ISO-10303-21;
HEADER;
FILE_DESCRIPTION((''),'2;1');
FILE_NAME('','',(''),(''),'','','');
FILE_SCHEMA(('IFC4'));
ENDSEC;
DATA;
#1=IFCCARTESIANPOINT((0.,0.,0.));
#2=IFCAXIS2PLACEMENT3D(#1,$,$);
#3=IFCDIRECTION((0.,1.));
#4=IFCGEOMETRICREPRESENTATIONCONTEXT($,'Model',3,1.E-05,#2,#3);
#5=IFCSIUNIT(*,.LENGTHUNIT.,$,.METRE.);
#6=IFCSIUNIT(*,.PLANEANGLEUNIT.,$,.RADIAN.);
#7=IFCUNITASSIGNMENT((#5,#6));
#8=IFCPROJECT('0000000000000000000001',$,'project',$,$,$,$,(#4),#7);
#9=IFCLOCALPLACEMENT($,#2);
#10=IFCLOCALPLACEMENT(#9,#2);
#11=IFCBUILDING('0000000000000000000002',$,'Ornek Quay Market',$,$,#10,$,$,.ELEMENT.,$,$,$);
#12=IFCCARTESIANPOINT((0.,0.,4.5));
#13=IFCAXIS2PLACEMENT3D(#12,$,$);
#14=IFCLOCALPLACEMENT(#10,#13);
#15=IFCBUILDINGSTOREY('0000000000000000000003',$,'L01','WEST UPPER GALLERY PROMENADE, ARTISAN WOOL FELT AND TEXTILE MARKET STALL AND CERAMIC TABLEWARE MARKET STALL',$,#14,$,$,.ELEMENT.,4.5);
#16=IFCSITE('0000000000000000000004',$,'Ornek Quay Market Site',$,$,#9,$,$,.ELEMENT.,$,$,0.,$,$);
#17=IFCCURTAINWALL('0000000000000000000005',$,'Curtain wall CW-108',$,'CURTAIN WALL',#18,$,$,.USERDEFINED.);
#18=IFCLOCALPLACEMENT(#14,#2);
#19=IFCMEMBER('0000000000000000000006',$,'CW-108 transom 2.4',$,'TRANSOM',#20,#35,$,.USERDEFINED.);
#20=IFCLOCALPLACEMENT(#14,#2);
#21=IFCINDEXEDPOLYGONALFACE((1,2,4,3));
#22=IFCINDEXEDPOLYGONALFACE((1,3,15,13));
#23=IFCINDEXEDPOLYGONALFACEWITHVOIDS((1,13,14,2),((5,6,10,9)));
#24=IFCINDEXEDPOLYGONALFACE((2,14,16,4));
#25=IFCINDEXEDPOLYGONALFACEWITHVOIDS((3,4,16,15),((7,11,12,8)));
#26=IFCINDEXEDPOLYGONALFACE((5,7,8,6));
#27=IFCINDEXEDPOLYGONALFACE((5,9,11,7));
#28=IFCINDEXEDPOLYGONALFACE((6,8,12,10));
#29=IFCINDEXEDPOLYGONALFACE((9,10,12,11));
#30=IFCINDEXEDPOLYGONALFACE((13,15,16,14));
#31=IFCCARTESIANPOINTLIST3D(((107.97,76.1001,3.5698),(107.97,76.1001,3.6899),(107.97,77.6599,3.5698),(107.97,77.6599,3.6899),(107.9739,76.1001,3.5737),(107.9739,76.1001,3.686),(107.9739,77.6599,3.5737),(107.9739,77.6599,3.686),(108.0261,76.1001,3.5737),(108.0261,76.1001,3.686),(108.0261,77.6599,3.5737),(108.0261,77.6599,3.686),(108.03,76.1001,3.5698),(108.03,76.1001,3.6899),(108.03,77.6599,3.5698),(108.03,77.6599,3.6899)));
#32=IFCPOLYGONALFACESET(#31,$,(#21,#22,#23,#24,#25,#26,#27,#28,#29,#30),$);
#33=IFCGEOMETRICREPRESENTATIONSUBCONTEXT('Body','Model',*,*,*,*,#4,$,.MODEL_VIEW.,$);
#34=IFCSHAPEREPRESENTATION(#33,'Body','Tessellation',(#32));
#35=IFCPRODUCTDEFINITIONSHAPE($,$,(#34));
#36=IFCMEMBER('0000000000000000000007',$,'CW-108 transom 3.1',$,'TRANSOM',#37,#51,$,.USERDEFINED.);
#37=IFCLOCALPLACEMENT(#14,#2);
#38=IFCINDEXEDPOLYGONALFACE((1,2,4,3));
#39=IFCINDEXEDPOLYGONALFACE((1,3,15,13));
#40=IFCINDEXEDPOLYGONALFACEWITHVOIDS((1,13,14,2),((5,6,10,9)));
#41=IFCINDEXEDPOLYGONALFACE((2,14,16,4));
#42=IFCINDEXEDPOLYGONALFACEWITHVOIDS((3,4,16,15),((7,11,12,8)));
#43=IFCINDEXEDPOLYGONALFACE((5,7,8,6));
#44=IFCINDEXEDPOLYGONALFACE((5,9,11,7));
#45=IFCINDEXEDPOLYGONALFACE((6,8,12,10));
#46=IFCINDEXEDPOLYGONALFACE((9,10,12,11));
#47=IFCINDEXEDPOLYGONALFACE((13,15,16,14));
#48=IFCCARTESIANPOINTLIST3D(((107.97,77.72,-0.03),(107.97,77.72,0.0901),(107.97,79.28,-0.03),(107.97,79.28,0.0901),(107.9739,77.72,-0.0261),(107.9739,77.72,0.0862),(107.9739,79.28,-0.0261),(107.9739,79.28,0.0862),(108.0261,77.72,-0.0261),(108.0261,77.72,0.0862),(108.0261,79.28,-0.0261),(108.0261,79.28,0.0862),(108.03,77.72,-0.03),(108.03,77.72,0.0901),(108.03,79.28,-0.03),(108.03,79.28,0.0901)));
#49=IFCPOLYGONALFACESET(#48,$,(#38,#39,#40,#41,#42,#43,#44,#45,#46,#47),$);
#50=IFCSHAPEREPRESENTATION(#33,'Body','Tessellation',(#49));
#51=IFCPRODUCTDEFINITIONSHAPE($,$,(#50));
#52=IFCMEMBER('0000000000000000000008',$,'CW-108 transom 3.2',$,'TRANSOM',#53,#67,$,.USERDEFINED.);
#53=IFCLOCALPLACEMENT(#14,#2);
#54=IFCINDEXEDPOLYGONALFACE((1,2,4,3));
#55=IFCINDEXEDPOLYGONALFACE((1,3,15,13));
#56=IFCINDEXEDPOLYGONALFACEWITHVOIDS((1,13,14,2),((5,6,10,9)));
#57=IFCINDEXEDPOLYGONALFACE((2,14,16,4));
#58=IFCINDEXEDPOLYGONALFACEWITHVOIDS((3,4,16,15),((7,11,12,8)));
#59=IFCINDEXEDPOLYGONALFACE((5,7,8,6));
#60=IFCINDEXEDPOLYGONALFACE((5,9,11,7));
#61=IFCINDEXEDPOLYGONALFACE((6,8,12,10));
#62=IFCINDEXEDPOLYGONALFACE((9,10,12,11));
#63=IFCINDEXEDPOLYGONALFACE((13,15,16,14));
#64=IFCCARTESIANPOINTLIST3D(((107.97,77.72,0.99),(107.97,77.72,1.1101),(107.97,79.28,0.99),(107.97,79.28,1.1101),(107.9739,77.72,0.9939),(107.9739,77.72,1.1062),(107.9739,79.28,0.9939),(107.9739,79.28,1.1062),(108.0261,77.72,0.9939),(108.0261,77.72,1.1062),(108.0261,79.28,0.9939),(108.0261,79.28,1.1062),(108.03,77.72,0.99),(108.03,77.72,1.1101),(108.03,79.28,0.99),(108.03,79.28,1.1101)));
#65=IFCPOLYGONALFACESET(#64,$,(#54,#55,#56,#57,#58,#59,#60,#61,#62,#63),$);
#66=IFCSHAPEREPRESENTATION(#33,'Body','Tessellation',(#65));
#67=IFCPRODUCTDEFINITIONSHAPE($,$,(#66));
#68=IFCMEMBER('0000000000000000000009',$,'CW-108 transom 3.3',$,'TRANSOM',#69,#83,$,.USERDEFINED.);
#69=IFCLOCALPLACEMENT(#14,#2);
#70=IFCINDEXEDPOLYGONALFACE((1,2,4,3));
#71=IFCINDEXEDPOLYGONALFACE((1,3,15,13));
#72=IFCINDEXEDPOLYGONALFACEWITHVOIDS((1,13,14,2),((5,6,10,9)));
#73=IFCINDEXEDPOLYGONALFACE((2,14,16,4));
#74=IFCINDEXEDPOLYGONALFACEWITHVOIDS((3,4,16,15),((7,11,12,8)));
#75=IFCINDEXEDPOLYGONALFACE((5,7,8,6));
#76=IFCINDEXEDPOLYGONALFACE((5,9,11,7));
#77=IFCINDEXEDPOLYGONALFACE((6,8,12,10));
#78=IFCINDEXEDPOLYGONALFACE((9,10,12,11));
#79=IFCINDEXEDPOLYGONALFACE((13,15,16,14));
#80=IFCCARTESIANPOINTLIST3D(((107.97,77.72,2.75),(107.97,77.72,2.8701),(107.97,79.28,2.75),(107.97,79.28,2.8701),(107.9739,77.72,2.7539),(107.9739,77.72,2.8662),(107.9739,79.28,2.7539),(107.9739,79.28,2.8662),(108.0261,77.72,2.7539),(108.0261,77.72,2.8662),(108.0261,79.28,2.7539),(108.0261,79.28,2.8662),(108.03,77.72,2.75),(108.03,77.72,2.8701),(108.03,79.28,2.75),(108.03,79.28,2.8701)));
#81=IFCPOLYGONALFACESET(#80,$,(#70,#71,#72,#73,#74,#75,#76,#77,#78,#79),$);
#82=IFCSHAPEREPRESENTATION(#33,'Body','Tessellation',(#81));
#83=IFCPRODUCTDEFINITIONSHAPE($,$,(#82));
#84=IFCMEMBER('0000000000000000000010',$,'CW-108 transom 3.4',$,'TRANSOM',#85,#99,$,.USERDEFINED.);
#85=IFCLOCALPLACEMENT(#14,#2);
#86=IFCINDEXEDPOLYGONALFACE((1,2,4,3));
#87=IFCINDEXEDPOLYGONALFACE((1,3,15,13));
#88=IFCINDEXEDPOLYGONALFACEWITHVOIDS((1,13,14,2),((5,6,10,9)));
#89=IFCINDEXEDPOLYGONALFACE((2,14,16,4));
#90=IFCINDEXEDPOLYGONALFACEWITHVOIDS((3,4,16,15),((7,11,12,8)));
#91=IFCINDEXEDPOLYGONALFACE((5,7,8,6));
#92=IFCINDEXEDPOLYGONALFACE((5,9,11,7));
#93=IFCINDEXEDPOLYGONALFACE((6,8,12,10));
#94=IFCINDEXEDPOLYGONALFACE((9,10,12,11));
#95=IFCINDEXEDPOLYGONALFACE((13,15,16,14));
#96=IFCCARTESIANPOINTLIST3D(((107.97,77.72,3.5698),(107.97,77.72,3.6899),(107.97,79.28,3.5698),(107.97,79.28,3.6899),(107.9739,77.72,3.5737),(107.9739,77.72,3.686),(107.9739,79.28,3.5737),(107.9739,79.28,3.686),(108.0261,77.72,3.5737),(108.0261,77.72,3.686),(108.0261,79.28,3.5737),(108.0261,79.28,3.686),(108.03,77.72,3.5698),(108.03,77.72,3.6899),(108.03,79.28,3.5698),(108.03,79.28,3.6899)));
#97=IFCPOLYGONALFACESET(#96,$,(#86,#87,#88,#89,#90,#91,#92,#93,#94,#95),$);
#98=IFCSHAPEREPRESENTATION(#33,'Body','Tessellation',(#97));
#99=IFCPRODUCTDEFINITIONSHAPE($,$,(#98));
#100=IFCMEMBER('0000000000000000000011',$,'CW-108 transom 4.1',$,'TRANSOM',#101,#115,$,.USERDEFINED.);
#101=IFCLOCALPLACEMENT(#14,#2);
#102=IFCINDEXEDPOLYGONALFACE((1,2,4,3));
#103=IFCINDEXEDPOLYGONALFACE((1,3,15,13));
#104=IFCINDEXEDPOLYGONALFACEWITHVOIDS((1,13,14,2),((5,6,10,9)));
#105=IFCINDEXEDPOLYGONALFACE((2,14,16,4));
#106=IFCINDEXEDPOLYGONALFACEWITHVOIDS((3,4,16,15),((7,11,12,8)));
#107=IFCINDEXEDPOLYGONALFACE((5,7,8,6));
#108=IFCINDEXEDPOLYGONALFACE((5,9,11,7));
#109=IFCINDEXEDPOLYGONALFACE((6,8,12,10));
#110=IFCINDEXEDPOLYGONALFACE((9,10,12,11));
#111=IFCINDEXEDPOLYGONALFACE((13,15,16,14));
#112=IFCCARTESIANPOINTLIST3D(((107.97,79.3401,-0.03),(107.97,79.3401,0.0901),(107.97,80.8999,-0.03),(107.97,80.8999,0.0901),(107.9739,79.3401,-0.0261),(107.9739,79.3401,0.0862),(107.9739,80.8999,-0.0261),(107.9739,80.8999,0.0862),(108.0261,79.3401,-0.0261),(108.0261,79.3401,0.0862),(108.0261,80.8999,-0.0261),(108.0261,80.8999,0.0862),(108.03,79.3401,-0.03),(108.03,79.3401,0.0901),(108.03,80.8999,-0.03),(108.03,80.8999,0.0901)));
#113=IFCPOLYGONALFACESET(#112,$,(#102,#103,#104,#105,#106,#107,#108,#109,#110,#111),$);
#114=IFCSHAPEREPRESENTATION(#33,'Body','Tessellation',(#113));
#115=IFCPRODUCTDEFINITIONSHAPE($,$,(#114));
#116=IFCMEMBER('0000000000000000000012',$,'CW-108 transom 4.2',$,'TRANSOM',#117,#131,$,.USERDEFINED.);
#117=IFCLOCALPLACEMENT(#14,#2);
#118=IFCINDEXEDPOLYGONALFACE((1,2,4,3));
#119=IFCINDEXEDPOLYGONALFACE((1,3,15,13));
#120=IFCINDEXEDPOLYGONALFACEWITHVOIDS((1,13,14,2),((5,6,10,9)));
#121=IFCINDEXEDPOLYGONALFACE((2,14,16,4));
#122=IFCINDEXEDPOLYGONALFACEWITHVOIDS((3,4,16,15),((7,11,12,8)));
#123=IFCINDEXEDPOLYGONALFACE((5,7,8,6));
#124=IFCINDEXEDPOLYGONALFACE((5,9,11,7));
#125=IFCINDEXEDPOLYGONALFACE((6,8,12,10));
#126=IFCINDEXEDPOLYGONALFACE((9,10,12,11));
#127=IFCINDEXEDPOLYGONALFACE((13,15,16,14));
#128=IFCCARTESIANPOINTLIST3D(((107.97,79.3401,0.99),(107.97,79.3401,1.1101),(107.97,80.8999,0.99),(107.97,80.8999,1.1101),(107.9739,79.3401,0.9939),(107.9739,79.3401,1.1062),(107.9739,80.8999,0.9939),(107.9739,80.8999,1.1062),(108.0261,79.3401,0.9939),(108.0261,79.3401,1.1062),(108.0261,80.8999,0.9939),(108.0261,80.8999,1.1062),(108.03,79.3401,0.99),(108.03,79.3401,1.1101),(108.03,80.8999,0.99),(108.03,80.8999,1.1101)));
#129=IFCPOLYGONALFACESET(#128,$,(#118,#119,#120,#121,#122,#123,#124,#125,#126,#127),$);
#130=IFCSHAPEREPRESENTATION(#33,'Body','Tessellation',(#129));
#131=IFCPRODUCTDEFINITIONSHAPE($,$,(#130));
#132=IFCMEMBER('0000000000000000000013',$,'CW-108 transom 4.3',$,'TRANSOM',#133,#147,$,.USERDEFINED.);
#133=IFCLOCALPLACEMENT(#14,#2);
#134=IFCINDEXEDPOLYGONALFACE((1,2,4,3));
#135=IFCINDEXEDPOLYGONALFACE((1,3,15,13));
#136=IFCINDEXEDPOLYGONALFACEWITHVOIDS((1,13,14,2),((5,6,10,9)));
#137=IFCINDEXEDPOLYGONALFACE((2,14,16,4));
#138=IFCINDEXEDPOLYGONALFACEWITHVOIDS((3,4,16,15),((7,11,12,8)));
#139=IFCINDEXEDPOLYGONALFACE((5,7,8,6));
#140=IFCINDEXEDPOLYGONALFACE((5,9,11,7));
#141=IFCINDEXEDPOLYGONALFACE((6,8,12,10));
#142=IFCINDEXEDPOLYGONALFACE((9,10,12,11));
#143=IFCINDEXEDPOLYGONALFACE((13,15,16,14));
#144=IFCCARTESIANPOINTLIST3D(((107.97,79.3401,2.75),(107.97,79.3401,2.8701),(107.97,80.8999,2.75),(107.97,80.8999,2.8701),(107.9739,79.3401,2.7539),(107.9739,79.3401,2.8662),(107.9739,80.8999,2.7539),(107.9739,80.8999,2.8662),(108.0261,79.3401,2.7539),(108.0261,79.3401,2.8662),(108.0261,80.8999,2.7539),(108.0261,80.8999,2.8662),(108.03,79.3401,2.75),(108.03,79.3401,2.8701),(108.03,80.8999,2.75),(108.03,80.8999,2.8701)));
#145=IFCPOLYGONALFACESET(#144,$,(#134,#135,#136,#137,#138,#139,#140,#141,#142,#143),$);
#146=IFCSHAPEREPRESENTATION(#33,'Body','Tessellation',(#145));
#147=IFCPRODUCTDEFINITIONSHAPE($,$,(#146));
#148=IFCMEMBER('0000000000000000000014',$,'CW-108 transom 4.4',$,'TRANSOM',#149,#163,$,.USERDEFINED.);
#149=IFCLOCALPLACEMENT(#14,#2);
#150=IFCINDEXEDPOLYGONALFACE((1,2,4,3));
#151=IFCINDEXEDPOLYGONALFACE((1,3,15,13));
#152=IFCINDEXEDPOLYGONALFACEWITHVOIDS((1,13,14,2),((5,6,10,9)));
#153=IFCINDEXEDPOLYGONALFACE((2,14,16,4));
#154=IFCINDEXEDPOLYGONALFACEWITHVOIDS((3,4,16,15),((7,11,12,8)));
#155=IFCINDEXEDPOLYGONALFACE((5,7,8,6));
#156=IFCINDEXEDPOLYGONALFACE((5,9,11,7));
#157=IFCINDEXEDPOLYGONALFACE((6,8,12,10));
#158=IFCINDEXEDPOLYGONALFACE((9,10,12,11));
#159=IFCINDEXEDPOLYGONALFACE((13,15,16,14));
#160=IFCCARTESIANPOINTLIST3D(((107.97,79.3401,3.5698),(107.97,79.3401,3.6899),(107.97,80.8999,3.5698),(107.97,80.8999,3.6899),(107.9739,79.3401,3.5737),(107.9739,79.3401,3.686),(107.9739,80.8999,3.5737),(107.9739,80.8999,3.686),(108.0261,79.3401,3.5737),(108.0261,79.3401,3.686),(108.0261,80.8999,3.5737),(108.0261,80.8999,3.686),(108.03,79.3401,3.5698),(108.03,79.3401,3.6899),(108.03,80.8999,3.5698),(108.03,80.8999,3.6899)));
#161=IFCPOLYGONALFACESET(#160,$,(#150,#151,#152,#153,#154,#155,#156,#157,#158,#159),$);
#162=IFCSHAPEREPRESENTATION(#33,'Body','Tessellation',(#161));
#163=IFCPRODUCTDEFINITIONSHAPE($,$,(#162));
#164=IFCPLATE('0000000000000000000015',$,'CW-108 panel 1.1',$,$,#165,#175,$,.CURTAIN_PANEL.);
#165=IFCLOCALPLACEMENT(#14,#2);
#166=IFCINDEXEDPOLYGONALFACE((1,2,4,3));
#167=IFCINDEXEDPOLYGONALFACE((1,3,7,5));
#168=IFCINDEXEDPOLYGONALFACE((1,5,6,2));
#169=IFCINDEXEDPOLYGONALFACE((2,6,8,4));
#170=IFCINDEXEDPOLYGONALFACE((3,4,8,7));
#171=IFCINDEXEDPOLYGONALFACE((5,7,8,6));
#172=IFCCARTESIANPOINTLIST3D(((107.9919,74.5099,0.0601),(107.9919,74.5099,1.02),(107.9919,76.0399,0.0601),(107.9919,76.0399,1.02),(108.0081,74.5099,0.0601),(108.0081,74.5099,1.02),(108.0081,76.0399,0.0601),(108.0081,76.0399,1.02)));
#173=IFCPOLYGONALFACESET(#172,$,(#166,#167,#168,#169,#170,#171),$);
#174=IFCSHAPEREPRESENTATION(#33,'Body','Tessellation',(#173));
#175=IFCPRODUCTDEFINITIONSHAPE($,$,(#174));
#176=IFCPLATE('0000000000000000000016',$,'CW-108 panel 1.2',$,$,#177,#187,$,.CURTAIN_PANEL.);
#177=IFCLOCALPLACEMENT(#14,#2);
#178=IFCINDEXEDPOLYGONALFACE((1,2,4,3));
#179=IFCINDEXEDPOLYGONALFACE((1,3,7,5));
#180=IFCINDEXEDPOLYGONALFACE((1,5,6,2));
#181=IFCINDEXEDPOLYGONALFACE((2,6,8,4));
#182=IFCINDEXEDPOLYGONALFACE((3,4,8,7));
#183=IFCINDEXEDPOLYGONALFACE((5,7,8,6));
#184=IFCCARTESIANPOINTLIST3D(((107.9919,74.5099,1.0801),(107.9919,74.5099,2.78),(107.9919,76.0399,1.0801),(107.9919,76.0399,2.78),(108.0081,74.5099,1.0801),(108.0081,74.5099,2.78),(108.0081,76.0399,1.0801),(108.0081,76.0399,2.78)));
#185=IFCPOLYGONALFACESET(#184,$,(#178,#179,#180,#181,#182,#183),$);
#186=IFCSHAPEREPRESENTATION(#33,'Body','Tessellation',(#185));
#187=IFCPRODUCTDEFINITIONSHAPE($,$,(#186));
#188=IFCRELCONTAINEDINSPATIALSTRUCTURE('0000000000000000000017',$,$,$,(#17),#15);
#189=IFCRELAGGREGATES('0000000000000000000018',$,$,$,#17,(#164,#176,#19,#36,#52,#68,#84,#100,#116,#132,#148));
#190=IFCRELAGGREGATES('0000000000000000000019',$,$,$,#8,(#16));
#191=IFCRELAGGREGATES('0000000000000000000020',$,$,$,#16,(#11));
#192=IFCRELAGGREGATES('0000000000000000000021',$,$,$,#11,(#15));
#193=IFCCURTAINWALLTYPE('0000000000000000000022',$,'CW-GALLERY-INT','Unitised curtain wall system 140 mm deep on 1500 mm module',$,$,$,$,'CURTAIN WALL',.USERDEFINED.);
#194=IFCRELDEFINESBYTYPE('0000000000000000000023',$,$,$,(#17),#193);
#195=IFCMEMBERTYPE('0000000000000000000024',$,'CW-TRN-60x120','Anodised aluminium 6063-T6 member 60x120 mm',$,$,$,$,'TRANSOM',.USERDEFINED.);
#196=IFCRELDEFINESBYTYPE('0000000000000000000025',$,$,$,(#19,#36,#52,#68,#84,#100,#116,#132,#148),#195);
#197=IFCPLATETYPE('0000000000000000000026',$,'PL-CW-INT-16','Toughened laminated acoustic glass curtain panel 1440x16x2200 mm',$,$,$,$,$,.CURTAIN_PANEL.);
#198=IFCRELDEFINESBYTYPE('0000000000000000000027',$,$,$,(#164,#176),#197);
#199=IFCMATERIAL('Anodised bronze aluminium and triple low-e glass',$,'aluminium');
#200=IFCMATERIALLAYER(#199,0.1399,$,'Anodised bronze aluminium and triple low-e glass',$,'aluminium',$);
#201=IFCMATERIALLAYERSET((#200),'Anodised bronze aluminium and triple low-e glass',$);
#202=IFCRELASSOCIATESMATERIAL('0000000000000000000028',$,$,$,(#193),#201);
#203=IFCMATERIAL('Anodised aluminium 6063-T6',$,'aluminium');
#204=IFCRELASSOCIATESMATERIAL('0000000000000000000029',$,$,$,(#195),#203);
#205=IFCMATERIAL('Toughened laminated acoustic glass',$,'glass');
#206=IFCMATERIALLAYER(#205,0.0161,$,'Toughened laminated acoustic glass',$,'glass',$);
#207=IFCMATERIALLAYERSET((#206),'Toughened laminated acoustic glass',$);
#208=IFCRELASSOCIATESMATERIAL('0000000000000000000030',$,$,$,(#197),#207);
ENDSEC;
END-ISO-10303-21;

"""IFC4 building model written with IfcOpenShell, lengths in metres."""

from ifc_helpers import new_model, si_unit, direction, frame, origin, origin_2d, place, context, subcontext, project, spatial, rectangle, hollow_rectangle, extrude, material, layer, layer_set, material_profile, profile_set, type_object, element, aggregate, save


model = new_model("IFC4")

# Units and contexts
model_context = context("Model", 3, precision=1e-05, world=origin(), true_north=direction((0.0, 1.0)))
body_context = subcontext(model_context, "Body", "Model", "MODEL_VIEW")
ifc_project = project(units=[si_unit("LENGTHUNIT", "METRE"), si_unit("PLANEANGLEUNIT", "RADIAN")], contexts=[model_context])

# Site, building, storey
site_placement = place(None, origin())
site = spatial("IfcSite", under=ifc_project, at=site_placement, Name="Ornek Quay Market Site", CompositionType="ELEMENT", RefElevation=0.0)
building_placement = place(site_placement, origin())
building = spatial("IfcBuilding", under=site, at=building_placement, Name="Ornek Quay Market", CompositionType="ELEMENT")
storey_placement = place(building_placement, frame((0.0, 0.0, 4.5)))
storey = spatial("IfcBuildingStorey", under=building, at=storey_placement, Name="L01", Description="WEST UPPER GALLERY PROMENADE, ARTISAN WOOL FELT AND TEXTILE MARKET STALL AND CERAMIC TABLEWARE MARKET STALL", CompositionType="ELEMENT", Elevation=4.5)

# Curtain wall, members, plates
ifc_material_1 = material(Name="Anodised bronze aluminium and triple low-e glass", Category="aluminium")
ifc_layer_1 = layer(ifc_material_1, 0.1399, Name="Anodised bronze aluminium and triple low-e glass", Category="aluminium")
ifc_layer_set_1 = layer_set([ifc_layer_1], Name="Anodised bronze aluminium and triple low-e glass")
curtain_wall_type = type_object("IfcCurtainWallType", Name="CW-GALLERY-INT", Description="Unitised curtain wall system 140 mm deep on 1500 mm module", ElementType="CURTAIN WALL", PredefinedType="USERDEFINED", material=ifc_layer_set_1)
curtain_wall_placement = place(storey_placement, origin())
curtain_wall = element("IfcCurtainWall", 1, at=curtain_wall_placement, inside=storey, type_object=curtain_wall_type, Name="Curtain wall CW-108", ObjectType="CURTAIN WALL", PredefinedType="USERDEFINED")
ifc_material_2 = material(Name="Anodised aluminium 6063-T6", Category="aluminium")
ifc_material_profile_1 = material_profile(ifc_material_2, hollow_rectangle(XDim=0.0601, YDim=0.1201, WallThickness=0.0039, at=origin_2d()), Name="CW-TRN-60x120", Category="aluminium")
ifc_profile_set_1 = profile_set([ifc_material_profile_1], Name="Anodised aluminium 6063-T6")
member_type_1 = type_object("IfcMemberType", Name="CW-TRN-60x120", Description="Anodised aluminium 6063-T6 member 60x120 mm", ElementType="TRANSOM", PredefinedType="USERDEFINED", material=ifc_profile_set_1)
member_1_placement = place(storey_placement, frame((108.0, 76.1001, 3.6299), z_axis=(0.0, 1.0, 0.0), x_axis=(-1.0, 0.0, 0.0)))
member_1 = element("IfcMember", 2, at=member_1_placement, type_object=member_type_1, Name="CW-108 transom 2.4", ObjectType="TRANSOM", PredefinedType="USERDEFINED", context=body_context, shape_type="SweptSolid", body=[
    extrude(hollow_rectangle(XDim=0.0601, YDim=0.1201, WallThickness=0.0039, at=origin_2d()), origin(), (0.0, 0.0, 1.0), 1.5598),
])
member_2_placement = place(storey_placement, frame((108.0, 77.72, 0.03), z_axis=(0.0, 1.0, 0.0), x_axis=(-1.0, 0.0, 0.0)))
member_2 = element("IfcMember", 3, at=member_2_placement, type_object=member_type_1, Name="CW-108 transom 3.1", ObjectType="TRANSOM", PredefinedType="USERDEFINED", context=body_context, shape_type="SweptSolid", body=[
    extrude(hollow_rectangle(XDim=0.0601, YDim=0.1201, WallThickness=0.0039, at=origin_2d()), origin(), (0.0, 0.0, 1.0), 1.5601),
])
member_3_placement = place(storey_placement, frame((108.0, 77.72, 1.05), z_axis=(0.0, 1.0, 0.0), x_axis=(-1.0, 0.0, 0.0)))
member_3 = element("IfcMember", 4, at=member_3_placement, type_object=member_type_1, Name="CW-108 transom 3.2", ObjectType="TRANSOM", PredefinedType="USERDEFINED", context=body_context, shape_type="SweptSolid", body=[
    extrude(hollow_rectangle(XDim=0.0601, YDim=0.1201, WallThickness=0.0039, at=origin_2d()), origin(), (0.0, 0.0, 1.0), 1.5601),
])
member_4_placement = place(storey_placement, frame((108.0, 77.72, 2.8101), z_axis=(0.0, 1.0, 0.0), x_axis=(-1.0, 0.0, 0.0)))
member_4 = element("IfcMember", 5, at=member_4_placement, type_object=member_type_1, Name="CW-108 transom 3.3", ObjectType="TRANSOM", PredefinedType="USERDEFINED", context=body_context, shape_type="SweptSolid", body=[
    extrude(hollow_rectangle(XDim=0.0601, YDim=0.1201, WallThickness=0.0039, at=origin_2d()), origin(), (0.0, 0.0, 1.0), 1.5601),
])
member_5_placement = place(storey_placement, frame((108.0, 77.72, 3.6299), z_axis=(0.0, 1.0, 0.0), x_axis=(-1.0, 0.0, 0.0)))
member_5 = element("IfcMember", 6, at=member_5_placement, type_object=member_type_1, Name="CW-108 transom 3.4", ObjectType="TRANSOM", PredefinedType="USERDEFINED", context=body_context, shape_type="SweptSolid", body=[
    extrude(hollow_rectangle(XDim=0.0601, YDim=0.1201, WallThickness=0.0039, at=origin_2d()), origin(), (0.0, 0.0, 1.0), 1.5601),
])
member_6_placement = place(storey_placement, frame((108.0, 79.3401, 0.03), z_axis=(0.0, 1.0, 0.0), x_axis=(-1.0, 0.0, 0.0)))
member_6 = element("IfcMember", 7, at=member_6_placement, type_object=member_type_1, Name="CW-108 transom 4.1", ObjectType="TRANSOM", PredefinedType="USERDEFINED", context=body_context, shape_type="SweptSolid", body=[
    extrude(hollow_rectangle(XDim=0.0601, YDim=0.1201, WallThickness=0.0039, at=origin_2d()), origin(), (0.0, 0.0, 1.0), 1.5598),
])
member_7_placement = place(storey_placement, frame((108.0, 79.3401, 1.05), z_axis=(0.0, 1.0, 0.0), x_axis=(-1.0, 0.0, 0.0)))
member_7 = element("IfcMember", 8, at=member_7_placement, type_object=member_type_1, Name="CW-108 transom 4.2", ObjectType="TRANSOM", PredefinedType="USERDEFINED", context=body_context, shape_type="SweptSolid", body=[
    extrude(hollow_rectangle(XDim=0.0601, YDim=0.1201, WallThickness=0.0039, at=origin_2d()), origin(), (0.0, 0.0, 1.0), 1.5598),
])
member_8_placement = place(storey_placement, frame((108.0, 79.3401, 2.8101), z_axis=(0.0, 1.0, 0.0), x_axis=(-1.0, 0.0, 0.0)))
member_8 = element("IfcMember", 9, at=member_8_placement, type_object=member_type_1, Name="CW-108 transom 4.3", ObjectType="TRANSOM", PredefinedType="USERDEFINED", context=body_context, shape_type="SweptSolid", body=[
    extrude(hollow_rectangle(XDim=0.0601, YDim=0.1201, WallThickness=0.0039, at=origin_2d()), origin(), (0.0, 0.0, 1.0), 1.5598),
])
member_9_placement = place(storey_placement, frame((108.0, 79.3401, 3.6299), z_axis=(0.0, 1.0, 0.0), x_axis=(-1.0, 0.0, 0.0)))
member_9 = element("IfcMember", 10, at=member_9_placement, type_object=member_type_1, Name="CW-108 transom 4.4", ObjectType="TRANSOM", PredefinedType="USERDEFINED", context=body_context, shape_type="SweptSolid", body=[
    extrude(hollow_rectangle(XDim=0.0601, YDim=0.1201, WallThickness=0.0039, at=origin_2d()), origin(), (0.0, 0.0, 1.0), 1.5598),
])
ifc_material_3 = material(Name="Toughened laminated acoustic glass", Category="glass")
ifc_layer_2 = layer(ifc_material_3, 0.0161, Name="Toughened laminated acoustic glass", Category="glass")
ifc_layer_set_2 = layer_set([ifc_layer_2], Name="Toughened laminated acoustic glass")
plate_type = type_object("IfcPlateType", Name="PL-CW-INT-16", Description="Toughened laminated acoustic glass curtain panel 1440x16x2200 mm", PredefinedType="CURTAIN_PANEL", material=ifc_layer_set_2)
plate_1_placement = place(storey_placement, frame((108.0, 75.2749, 0.0601), z_axis=(0.0, 0.0, 1.0), x_axis=(0.0, 1.0, 0.0)))
plate_1 = element("IfcPlate", 11, at=plate_1_placement, type_object=plate_type, Name="CW-108 panel 1.1", PredefinedType="CURTAIN_PANEL", context=body_context, shape_type="SweptSolid", body=[
    extrude(rectangle(XDim=1.53, YDim=0.0161, at=origin_2d()), origin(), (0.0, 0.0, 1.0), 0.96),
])
plate_2_placement = place(storey_placement, frame((108.0, 75.2749, 1.0801), z_axis=(0.0, 0.0, 1.0), x_axis=(0.0, 1.0, 0.0)))
plate_2 = element("IfcPlate", 12, at=plate_2_placement, type_object=plate_type, Name="CW-108 panel 1.2", PredefinedType="CURTAIN_PANEL", context=body_context, shape_type="SweptSolid", body=[
    extrude(rectangle(XDim=1.53, YDim=0.0161, at=origin_2d()), origin(), (0.0, 0.0, 1.0), 1.7),
])
aggregate(curtain_wall, [plate_1, plate_2, member_1, member_2, member_3, member_4, member_5, member_6, member_7, member_8, member_9])

save(model, "model.ifc")
